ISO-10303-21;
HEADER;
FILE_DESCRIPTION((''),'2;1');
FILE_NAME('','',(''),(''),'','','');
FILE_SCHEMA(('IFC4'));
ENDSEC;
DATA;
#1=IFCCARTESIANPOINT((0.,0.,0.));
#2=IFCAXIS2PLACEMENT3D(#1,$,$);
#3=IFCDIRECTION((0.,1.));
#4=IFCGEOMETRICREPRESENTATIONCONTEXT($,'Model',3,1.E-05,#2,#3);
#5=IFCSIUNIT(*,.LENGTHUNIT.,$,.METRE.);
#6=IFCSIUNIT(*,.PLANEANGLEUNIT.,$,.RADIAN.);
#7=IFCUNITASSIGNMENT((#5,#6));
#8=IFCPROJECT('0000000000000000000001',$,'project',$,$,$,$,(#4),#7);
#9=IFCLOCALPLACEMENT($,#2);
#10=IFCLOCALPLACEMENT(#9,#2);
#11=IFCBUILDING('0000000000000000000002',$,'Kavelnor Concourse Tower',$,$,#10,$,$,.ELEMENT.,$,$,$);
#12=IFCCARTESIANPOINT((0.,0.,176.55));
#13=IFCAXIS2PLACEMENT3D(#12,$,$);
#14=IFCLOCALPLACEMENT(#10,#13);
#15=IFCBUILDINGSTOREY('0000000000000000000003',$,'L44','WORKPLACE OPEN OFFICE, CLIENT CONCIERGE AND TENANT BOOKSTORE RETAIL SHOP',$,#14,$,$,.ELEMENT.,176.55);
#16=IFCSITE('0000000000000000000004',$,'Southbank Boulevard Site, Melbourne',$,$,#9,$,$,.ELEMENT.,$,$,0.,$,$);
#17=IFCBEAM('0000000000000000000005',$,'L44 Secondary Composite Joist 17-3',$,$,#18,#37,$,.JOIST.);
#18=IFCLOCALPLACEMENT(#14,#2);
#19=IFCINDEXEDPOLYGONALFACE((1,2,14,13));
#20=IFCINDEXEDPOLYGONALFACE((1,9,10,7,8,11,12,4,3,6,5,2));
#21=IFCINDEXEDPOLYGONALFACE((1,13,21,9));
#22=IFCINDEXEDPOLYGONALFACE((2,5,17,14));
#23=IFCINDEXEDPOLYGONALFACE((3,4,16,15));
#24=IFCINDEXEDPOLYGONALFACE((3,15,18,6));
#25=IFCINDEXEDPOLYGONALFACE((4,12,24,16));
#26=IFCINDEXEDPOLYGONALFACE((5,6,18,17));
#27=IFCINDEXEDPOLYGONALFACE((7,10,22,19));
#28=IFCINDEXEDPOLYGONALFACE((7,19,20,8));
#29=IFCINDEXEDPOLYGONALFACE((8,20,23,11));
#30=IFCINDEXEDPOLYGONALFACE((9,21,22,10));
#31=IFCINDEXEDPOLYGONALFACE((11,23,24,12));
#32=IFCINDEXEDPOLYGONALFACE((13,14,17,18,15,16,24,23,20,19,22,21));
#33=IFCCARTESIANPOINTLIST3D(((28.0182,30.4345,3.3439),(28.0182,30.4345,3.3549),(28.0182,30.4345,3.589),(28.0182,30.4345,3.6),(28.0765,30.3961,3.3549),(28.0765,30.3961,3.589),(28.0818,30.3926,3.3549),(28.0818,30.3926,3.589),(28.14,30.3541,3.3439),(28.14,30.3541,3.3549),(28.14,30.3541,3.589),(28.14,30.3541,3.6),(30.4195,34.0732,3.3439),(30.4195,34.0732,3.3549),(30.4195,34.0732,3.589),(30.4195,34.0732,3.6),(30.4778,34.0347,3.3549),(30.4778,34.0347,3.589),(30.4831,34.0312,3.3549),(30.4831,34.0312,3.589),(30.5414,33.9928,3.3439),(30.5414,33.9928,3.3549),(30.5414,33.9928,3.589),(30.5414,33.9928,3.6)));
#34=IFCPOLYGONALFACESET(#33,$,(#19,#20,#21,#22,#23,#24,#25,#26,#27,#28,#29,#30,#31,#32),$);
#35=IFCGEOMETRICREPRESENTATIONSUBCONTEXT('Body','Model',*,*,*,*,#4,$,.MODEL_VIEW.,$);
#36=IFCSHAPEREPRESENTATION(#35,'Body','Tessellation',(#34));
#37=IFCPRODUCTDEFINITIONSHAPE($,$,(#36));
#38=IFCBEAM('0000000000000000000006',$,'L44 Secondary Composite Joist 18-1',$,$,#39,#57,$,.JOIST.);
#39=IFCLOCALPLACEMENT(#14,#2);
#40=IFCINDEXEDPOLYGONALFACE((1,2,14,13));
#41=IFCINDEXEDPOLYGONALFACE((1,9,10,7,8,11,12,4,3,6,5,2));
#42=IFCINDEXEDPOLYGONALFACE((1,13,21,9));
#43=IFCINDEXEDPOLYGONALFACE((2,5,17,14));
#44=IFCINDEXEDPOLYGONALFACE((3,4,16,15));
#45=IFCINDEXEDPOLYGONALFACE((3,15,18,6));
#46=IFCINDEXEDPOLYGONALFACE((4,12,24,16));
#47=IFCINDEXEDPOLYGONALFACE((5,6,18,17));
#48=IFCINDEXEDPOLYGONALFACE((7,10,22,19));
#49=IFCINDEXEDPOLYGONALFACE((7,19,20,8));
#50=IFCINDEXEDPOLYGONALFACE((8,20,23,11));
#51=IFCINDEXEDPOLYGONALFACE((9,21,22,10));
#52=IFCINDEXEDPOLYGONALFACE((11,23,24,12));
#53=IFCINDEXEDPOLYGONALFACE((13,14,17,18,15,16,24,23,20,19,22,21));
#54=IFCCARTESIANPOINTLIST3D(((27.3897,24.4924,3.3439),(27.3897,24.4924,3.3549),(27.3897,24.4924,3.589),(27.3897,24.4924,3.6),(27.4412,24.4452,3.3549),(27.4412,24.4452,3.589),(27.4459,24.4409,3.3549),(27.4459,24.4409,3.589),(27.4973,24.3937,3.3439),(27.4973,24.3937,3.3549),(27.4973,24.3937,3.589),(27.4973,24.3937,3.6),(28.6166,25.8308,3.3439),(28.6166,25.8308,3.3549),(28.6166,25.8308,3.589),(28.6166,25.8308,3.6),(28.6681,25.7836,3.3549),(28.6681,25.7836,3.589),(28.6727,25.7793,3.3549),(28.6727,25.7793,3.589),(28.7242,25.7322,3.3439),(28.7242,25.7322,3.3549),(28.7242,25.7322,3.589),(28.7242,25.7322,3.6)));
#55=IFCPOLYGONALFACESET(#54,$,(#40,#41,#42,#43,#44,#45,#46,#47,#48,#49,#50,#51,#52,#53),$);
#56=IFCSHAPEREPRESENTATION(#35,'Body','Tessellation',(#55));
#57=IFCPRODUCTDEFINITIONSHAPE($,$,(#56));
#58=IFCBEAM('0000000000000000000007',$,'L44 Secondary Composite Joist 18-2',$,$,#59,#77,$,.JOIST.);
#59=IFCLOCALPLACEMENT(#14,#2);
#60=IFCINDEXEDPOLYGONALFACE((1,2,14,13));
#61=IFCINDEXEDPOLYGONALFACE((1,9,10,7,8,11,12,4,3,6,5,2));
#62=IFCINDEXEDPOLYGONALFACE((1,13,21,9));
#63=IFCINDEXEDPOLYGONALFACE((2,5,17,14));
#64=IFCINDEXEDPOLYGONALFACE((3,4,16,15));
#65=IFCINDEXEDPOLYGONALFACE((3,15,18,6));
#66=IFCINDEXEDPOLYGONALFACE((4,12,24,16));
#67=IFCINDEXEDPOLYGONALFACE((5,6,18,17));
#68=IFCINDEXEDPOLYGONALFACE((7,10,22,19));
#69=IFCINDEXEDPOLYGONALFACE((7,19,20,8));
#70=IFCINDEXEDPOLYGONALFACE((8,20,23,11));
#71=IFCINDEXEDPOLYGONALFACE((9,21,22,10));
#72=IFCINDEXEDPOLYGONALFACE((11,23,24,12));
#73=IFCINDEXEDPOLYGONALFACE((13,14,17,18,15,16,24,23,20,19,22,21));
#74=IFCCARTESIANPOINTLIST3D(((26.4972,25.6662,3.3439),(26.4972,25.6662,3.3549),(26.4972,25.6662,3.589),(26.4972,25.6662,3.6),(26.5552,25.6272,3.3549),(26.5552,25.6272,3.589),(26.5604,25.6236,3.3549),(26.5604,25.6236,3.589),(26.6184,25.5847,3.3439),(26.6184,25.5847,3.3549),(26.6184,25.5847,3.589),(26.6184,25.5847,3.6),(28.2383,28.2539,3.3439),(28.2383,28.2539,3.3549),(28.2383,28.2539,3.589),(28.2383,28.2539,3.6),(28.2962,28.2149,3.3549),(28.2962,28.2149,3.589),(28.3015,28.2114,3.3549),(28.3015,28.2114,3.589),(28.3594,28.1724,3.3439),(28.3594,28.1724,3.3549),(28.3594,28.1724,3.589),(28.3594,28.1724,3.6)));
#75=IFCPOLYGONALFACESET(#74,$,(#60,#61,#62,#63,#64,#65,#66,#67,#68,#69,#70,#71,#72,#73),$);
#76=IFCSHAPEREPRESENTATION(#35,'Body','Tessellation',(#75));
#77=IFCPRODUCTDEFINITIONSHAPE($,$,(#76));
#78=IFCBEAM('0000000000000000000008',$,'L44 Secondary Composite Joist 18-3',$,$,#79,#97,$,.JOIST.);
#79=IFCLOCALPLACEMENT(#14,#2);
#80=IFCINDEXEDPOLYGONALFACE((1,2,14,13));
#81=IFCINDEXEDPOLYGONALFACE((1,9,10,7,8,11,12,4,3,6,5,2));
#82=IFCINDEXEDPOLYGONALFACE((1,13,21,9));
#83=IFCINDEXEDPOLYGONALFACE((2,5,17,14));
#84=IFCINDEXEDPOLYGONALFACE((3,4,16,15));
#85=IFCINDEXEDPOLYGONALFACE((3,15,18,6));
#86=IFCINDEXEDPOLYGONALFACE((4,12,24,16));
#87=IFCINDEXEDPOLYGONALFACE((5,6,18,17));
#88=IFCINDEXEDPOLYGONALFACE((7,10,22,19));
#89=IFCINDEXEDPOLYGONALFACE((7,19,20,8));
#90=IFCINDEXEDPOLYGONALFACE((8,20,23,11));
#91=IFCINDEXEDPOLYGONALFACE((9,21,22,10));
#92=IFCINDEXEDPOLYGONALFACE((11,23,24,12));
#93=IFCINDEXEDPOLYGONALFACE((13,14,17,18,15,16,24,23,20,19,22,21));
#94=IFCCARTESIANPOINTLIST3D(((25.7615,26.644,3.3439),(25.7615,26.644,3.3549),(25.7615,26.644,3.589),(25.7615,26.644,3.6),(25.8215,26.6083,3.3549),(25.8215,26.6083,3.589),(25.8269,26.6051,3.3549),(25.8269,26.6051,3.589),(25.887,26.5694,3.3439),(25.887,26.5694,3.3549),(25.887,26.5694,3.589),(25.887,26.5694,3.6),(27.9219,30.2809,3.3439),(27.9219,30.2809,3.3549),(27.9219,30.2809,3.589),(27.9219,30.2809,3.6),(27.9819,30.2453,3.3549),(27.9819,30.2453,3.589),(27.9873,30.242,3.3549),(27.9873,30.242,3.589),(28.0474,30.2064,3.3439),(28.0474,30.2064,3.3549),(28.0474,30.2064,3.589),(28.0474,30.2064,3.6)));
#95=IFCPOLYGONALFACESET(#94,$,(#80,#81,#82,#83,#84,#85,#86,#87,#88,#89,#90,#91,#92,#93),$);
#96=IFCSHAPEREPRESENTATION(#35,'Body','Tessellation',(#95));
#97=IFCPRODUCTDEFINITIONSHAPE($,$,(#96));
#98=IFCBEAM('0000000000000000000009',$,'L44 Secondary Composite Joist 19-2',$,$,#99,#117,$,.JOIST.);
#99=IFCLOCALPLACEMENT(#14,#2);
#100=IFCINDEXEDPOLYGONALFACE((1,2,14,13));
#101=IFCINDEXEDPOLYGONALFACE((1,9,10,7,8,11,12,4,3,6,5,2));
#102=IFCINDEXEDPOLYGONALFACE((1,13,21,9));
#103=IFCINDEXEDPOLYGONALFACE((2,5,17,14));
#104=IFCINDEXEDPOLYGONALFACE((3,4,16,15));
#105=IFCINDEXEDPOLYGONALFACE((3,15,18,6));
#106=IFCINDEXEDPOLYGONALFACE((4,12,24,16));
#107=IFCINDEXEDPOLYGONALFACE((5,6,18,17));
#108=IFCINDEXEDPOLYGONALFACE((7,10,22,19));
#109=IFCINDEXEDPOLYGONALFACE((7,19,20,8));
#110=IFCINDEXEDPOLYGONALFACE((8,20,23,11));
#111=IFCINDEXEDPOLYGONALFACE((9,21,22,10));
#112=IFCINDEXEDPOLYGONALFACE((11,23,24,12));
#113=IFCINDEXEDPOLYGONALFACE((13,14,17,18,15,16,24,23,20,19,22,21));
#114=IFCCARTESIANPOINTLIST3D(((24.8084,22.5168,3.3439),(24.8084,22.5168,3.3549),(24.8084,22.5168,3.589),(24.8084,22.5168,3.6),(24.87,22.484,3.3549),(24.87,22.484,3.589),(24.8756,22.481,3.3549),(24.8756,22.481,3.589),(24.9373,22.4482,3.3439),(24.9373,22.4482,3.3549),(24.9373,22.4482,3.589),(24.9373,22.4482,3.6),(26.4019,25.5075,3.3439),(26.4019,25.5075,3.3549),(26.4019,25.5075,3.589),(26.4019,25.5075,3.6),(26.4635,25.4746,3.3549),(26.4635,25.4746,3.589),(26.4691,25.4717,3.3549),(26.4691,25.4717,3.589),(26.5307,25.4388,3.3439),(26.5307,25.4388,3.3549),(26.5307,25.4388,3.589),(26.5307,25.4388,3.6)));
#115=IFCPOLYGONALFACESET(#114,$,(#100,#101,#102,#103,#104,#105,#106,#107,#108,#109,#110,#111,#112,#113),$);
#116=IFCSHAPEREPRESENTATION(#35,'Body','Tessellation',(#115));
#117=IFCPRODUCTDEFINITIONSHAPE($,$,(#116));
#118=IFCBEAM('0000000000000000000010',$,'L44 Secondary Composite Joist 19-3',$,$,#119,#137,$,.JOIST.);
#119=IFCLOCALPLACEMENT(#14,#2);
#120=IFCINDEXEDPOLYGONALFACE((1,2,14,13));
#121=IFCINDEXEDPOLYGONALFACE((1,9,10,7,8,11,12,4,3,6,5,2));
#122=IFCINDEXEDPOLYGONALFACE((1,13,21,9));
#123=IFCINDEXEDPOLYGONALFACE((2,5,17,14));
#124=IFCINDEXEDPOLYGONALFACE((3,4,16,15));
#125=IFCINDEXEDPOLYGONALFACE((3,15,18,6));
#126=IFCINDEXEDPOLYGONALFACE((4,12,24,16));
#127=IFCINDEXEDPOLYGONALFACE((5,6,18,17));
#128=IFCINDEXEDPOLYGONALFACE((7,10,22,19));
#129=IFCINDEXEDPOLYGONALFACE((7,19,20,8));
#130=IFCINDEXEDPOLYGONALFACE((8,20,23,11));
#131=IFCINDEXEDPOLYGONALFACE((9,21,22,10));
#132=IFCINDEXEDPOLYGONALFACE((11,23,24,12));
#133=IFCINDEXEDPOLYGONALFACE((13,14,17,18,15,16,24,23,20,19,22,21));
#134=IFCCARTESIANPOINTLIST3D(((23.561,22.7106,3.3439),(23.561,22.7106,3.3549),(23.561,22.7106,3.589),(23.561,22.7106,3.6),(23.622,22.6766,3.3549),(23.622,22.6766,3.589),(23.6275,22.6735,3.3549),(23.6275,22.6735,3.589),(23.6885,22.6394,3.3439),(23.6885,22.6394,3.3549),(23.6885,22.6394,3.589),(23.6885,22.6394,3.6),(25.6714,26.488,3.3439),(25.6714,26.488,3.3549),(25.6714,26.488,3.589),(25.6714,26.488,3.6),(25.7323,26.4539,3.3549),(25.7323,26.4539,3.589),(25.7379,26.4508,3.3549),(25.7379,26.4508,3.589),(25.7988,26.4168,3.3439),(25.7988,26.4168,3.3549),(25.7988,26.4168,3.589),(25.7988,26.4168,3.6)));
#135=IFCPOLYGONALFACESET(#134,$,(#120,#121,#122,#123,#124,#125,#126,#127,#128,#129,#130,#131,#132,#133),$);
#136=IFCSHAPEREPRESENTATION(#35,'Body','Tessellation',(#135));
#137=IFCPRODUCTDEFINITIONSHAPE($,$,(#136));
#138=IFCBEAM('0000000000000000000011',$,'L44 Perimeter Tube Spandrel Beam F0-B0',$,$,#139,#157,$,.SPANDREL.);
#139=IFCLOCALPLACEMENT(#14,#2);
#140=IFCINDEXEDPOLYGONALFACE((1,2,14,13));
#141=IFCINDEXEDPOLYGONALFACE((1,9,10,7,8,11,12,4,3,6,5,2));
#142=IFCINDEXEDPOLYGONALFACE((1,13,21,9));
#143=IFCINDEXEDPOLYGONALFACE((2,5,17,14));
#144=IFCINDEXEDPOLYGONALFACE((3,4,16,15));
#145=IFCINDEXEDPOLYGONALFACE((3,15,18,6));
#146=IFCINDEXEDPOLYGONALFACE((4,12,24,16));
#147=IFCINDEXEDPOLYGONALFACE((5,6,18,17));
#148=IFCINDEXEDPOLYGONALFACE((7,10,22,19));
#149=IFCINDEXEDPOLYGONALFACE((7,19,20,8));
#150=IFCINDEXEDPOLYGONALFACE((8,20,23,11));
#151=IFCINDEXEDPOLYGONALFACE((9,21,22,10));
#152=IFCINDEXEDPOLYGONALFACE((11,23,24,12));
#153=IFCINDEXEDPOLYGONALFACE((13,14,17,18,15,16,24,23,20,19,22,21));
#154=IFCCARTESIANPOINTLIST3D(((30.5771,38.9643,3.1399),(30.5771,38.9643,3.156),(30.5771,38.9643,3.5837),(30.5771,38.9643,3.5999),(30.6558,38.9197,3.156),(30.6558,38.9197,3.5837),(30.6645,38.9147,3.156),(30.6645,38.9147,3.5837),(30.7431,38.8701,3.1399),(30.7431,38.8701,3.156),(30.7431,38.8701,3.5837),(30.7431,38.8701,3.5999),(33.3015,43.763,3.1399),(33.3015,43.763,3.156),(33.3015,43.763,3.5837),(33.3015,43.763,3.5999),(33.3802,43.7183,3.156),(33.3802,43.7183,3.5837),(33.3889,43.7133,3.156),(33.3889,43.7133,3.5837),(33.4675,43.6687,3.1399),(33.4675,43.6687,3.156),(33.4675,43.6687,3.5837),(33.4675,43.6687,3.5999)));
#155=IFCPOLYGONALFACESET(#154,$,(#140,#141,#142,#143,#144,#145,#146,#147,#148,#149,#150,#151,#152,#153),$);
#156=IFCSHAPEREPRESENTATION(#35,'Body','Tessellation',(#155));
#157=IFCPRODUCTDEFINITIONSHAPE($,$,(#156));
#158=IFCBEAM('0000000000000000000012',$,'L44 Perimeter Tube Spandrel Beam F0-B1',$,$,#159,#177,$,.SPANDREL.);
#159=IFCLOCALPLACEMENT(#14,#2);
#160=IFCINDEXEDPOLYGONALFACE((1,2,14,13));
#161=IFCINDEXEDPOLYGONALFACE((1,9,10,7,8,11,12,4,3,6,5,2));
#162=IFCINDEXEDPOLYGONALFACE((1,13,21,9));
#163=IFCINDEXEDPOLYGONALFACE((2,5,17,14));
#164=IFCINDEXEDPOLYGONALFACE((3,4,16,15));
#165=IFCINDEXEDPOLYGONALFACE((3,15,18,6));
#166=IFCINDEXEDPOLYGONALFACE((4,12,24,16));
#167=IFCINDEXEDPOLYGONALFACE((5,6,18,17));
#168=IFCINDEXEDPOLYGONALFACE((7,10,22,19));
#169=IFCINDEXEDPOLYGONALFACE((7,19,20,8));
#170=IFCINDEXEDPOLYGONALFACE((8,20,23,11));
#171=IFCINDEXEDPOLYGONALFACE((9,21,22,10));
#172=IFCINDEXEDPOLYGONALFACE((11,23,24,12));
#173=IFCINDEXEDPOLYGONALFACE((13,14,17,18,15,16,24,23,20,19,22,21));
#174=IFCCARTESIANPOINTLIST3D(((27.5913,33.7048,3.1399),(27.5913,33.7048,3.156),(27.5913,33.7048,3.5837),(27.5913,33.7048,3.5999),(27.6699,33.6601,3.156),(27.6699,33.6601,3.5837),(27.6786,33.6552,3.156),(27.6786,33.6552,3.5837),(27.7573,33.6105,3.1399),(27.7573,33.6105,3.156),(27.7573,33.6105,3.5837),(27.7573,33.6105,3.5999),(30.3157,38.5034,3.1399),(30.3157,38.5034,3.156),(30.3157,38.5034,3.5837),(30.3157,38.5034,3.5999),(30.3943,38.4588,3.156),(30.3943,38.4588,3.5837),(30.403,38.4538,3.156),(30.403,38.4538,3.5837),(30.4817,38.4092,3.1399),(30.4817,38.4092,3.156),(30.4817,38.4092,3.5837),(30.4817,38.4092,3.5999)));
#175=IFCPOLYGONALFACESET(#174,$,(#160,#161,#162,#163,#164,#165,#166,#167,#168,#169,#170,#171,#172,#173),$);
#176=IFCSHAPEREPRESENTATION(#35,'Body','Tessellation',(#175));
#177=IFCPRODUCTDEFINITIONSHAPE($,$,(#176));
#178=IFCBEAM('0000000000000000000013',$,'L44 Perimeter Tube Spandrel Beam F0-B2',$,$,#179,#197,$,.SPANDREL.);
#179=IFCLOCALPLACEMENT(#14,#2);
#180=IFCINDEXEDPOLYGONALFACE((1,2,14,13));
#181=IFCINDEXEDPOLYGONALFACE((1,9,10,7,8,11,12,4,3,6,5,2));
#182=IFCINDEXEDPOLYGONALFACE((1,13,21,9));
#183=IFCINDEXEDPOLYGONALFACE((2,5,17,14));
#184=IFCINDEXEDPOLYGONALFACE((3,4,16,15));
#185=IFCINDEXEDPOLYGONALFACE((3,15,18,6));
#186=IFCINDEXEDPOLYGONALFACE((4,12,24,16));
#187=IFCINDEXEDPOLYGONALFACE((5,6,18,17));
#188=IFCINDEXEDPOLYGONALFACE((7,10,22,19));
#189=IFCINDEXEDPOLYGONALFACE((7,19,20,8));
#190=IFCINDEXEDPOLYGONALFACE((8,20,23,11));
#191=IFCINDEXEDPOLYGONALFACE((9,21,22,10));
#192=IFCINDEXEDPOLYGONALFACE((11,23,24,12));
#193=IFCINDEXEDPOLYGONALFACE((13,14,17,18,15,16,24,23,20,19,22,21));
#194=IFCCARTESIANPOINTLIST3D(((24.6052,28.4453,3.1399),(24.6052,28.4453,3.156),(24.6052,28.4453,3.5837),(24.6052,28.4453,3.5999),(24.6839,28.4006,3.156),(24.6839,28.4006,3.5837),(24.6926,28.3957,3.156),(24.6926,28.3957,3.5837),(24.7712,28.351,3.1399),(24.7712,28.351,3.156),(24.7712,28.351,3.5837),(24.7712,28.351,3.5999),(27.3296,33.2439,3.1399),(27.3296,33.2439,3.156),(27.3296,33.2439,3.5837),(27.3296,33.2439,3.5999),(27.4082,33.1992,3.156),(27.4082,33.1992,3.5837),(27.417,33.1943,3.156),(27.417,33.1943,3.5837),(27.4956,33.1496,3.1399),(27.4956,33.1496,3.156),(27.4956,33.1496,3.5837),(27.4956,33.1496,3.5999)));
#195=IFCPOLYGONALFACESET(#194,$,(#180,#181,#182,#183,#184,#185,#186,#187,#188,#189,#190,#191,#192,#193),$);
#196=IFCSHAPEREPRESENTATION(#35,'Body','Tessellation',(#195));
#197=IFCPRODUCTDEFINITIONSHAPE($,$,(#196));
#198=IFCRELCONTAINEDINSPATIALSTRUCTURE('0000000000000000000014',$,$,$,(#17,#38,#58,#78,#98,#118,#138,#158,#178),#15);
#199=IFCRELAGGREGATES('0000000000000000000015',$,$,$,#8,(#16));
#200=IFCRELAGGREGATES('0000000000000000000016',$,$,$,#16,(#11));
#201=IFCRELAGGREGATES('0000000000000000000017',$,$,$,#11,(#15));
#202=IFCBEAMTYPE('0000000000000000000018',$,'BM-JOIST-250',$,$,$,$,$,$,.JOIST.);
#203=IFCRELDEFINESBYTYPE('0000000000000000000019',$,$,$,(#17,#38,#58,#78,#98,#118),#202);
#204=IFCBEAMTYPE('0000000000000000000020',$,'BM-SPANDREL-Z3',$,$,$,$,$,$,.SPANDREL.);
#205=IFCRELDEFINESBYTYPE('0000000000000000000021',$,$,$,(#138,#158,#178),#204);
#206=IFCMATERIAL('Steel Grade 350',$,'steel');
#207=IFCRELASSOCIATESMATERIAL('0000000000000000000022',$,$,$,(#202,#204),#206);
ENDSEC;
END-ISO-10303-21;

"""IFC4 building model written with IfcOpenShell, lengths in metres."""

from ifc_helpers import new_model, si_unit, direction, frame, origin, origin_2d, place, context, subcontext, project, spatial, i_section, extrude, material, material_profile, profile_set, type_object, element, save


model = new_model("IFC4")

# Units and contexts
model_context = context("Model", 3, precision=1e-05, world=origin(), true_north=direction((0.0, 1.0)))
body_context = subcontext(model_context, "Body", "Model", "MODEL_VIEW")
ifc_project = project(units=[si_unit("LENGTHUNIT", "METRE"), si_unit("PLANEANGLEUNIT", "RADIAN")], contexts=[model_context])

# Site, building, storey
site_placement = place(None, origin())
site = spatial("IfcSite", under=ifc_project, at=site_placement, Name="Southbank Boulevard Site, Melbourne", CompositionType="ELEMENT", RefElevation=0.0)
building_placement = place(site_placement, origin())
building = spatial("IfcBuilding", under=site, at=building_placement, Name="Kavelnor Concourse Tower", CompositionType="ELEMENT")
storey_placement = place(building_placement, frame((0.0, 0.0, 176.55)))
storey = spatial("IfcBuildingStorey", under=building, at=storey_placement, Name="L44", Description="WORKPLACE OPEN OFFICE, CLIENT CONCIERGE AND TENANT BOOKSTORE RETAIL SHOP", CompositionType="ELEMENT", Elevation=176.55)

# Shared definitions
ifc_material_1 = material(Name="Steel Grade 350", Category="steel")

# Beams
ifc_material_profile_1 = material_profile(ifc_material_1, i_section(OverallWidth=0.146, OverallDepth=0.2561, WebThickness=0.0063, FlangeThickness=0.011, at=origin_2d()), Name="250UB37")
ifc_profile_set_1 = profile_set([ifc_material_profile_1], Name="Steel Grade 350")
beam_type_1 = type_object("IfcBeamType", Name="BM-JOIST-250", PredefinedType="JOIST", material=ifc_profile_set_1)
beam_1_placement = place(storey_placement, frame((30.4805, 34.033, 3.4719), z_axis=(-0.550817, -0.834626, 0.0), x_axis=(0.834626, -0.550817, 0.0)))
element("IfcBeam", 1, at=beam_1_placement, inside=storey, type_object=beam_type_1, Name="L44 Secondary Composite Joist 17-3", PredefinedType="JOIST", context=body_context, shape_type="SweptSolid", body=[
    extrude(i_section(OverallWidth=0.146, OverallDepth=0.2561, WebThickness=0.0063, FlangeThickness=0.011, at=origin_2d()), origin(), (0.0, 0.0, 1.0), 4.3596),
])
beam_2_placement = place(storey_placement, frame((28.6704, 25.7815, 3.4719), z_axis=(-0.675712, -0.737165, 0.0), x_axis=(0.737165, -0.675712, 0.0)))
element("IfcBeam", 2, at=beam_2_placement, inside=storey, type_object=beam_type_1, Name="L44 Secondary Composite Joist 18-1", PredefinedType="JOIST", context=body_context, shape_type="SweptSolid", body=[
    extrude(i_section(OverallWidth=0.146, OverallDepth=0.2561, WebThickness=0.0063, FlangeThickness=0.011, at=origin_2d()), origin(), (0.0, 0.0, 1.0), 1.8157),
])
beam_3_placement = place(storey_placement, frame((28.2988, 28.2131, 3.4719), z_axis=(-0.558218, -0.829694, 0.0), x_axis=(0.829694, -0.558218, 0.0)))
element("IfcBeam", 3, at=beam_3_placement, inside=storey, type_object=beam_type_1, Name="L44 Secondary Composite Joist 18-2", PredefinedType="JOIST", context=body_context, shape_type="SweptSolid", body=[
    extrude(i_section(OverallWidth=0.146, OverallDepth=0.2561, WebThickness=0.0063, FlangeThickness=0.011, at=origin_2d()), origin(), (0.0, 0.0, 1.0), 3.1189),
])
beam_4_placement = place(storey_placement, frame((27.9846, 30.2437, 3.4719), z_axis=(-0.510705, -0.859756, 0.0), x_axis=(0.859756, -0.510705, 0.0)))
element("IfcBeam", 4, at=beam_4_placement, inside=storey, type_object=beam_type_1, Name="L44 Secondary Composite Joist 18-3", PredefinedType="JOIST", context=body_context, shape_type="SweptSolid", body=[
    extrude(i_section(OverallWidth=0.146, OverallDepth=0.2561, WebThickness=0.0063, FlangeThickness=0.011, at=origin_2d()), origin(), (0.0, 0.0, 1.0), 4.2302),
])
beam_5_placement = place(storey_placement, frame((26.4663, 25.4731, 3.4719), z_axis=(-0.470233, -0.882542, 0.0), x_axis=(0.882542, -0.470233, 0.0)))
element("IfcBeam", 5, at=beam_5_placement, inside=storey, type_object=beam_type_1, Name="L44 Secondary Composite Joist 19-2", PredefinedType="JOIST", context=body_context, shape_type="SweptSolid", body=[
    extrude(i_section(OverallWidth=0.146, OverallDepth=0.2561, WebThickness=0.0063, FlangeThickness=0.011, at=origin_2d()), origin(), (0.0, 0.0, 1.0), 3.3887),
])
beam_6_placement = place(storey_placement, frame((25.7351, 26.4524, 3.4719), z_axis=(-0.48773, -0.872994, 0.0), x_axis=(0.872994, -0.48773, 0.0)))
element("IfcBeam", 6, at=beam_6_placement, inside=storey, type_object=beam_type_1, Name="L44 Secondary Composite Joist 19-3", PredefinedType="JOIST", context=body_context, shape_type="SweptSolid", body=[
    extrude(i_section(OverallWidth=0.146, OverallDepth=0.2561, WebThickness=0.0063, FlangeThickness=0.011, at=origin_2d()), origin(), (0.0, 0.0, 1.0), 4.3269),
])
ifc_material_profile_2 = material_profile(ifc_material_1, i_section(OverallWidth=0.1909, OverallDepth=0.46, WebThickness=0.01, FlangeThickness=0.0161, at=origin_2d()), Name="460UB82")
ifc_profile_set_2 = profile_set([ifc_material_profile_2], Name="Steel Grade 350")
beam_type_2 = type_object("IfcBeamType", Name="BM-SPANDREL-Z3", PredefinedType="SPANDREL", material=ifc_profile_set_2)
for number, where, z_axis, x_axis, name in (
    (7, (33.3845, 43.7158, 3.3699), (-0.493721, -0.86962, 0.0), (0.86962, -0.493721, 0.0), "L44 Perimeter Tube Spandrel Beam F0-B0"),
    (8, (30.3987, 38.4563, 3.3699), (-0.493721, -0.86962, 0.0), (0.86962, -0.493721, 0.0), "L44 Perimeter Tube Spandrel Beam F0-B1"),
    (9, (27.4126, 33.1968, 3.3699), (-0.493721, -0.86962, 0.0), (0.86962, -0.493721, 0.0), "L44 Perimeter Tube Spandrel Beam F0-B2"),
):
    element("IfcBeam", number, at=place(storey_placement, frame(where, z_axis=z_axis, x_axis=x_axis)), inside=storey, type_object=beam_type_2, Name=name, PredefinedType="SPANDREL", context=body_context, shape_type="SweptSolid", body=[
        extrude(i_section(OverallWidth=0.1909, OverallDepth=0.46, WebThickness=0.01, FlangeThickness=0.0161, at=origin_2d()), origin(), (0.0, 0.0, 1.0), 5.5181),
    ])

save(model, "model.ifc")
